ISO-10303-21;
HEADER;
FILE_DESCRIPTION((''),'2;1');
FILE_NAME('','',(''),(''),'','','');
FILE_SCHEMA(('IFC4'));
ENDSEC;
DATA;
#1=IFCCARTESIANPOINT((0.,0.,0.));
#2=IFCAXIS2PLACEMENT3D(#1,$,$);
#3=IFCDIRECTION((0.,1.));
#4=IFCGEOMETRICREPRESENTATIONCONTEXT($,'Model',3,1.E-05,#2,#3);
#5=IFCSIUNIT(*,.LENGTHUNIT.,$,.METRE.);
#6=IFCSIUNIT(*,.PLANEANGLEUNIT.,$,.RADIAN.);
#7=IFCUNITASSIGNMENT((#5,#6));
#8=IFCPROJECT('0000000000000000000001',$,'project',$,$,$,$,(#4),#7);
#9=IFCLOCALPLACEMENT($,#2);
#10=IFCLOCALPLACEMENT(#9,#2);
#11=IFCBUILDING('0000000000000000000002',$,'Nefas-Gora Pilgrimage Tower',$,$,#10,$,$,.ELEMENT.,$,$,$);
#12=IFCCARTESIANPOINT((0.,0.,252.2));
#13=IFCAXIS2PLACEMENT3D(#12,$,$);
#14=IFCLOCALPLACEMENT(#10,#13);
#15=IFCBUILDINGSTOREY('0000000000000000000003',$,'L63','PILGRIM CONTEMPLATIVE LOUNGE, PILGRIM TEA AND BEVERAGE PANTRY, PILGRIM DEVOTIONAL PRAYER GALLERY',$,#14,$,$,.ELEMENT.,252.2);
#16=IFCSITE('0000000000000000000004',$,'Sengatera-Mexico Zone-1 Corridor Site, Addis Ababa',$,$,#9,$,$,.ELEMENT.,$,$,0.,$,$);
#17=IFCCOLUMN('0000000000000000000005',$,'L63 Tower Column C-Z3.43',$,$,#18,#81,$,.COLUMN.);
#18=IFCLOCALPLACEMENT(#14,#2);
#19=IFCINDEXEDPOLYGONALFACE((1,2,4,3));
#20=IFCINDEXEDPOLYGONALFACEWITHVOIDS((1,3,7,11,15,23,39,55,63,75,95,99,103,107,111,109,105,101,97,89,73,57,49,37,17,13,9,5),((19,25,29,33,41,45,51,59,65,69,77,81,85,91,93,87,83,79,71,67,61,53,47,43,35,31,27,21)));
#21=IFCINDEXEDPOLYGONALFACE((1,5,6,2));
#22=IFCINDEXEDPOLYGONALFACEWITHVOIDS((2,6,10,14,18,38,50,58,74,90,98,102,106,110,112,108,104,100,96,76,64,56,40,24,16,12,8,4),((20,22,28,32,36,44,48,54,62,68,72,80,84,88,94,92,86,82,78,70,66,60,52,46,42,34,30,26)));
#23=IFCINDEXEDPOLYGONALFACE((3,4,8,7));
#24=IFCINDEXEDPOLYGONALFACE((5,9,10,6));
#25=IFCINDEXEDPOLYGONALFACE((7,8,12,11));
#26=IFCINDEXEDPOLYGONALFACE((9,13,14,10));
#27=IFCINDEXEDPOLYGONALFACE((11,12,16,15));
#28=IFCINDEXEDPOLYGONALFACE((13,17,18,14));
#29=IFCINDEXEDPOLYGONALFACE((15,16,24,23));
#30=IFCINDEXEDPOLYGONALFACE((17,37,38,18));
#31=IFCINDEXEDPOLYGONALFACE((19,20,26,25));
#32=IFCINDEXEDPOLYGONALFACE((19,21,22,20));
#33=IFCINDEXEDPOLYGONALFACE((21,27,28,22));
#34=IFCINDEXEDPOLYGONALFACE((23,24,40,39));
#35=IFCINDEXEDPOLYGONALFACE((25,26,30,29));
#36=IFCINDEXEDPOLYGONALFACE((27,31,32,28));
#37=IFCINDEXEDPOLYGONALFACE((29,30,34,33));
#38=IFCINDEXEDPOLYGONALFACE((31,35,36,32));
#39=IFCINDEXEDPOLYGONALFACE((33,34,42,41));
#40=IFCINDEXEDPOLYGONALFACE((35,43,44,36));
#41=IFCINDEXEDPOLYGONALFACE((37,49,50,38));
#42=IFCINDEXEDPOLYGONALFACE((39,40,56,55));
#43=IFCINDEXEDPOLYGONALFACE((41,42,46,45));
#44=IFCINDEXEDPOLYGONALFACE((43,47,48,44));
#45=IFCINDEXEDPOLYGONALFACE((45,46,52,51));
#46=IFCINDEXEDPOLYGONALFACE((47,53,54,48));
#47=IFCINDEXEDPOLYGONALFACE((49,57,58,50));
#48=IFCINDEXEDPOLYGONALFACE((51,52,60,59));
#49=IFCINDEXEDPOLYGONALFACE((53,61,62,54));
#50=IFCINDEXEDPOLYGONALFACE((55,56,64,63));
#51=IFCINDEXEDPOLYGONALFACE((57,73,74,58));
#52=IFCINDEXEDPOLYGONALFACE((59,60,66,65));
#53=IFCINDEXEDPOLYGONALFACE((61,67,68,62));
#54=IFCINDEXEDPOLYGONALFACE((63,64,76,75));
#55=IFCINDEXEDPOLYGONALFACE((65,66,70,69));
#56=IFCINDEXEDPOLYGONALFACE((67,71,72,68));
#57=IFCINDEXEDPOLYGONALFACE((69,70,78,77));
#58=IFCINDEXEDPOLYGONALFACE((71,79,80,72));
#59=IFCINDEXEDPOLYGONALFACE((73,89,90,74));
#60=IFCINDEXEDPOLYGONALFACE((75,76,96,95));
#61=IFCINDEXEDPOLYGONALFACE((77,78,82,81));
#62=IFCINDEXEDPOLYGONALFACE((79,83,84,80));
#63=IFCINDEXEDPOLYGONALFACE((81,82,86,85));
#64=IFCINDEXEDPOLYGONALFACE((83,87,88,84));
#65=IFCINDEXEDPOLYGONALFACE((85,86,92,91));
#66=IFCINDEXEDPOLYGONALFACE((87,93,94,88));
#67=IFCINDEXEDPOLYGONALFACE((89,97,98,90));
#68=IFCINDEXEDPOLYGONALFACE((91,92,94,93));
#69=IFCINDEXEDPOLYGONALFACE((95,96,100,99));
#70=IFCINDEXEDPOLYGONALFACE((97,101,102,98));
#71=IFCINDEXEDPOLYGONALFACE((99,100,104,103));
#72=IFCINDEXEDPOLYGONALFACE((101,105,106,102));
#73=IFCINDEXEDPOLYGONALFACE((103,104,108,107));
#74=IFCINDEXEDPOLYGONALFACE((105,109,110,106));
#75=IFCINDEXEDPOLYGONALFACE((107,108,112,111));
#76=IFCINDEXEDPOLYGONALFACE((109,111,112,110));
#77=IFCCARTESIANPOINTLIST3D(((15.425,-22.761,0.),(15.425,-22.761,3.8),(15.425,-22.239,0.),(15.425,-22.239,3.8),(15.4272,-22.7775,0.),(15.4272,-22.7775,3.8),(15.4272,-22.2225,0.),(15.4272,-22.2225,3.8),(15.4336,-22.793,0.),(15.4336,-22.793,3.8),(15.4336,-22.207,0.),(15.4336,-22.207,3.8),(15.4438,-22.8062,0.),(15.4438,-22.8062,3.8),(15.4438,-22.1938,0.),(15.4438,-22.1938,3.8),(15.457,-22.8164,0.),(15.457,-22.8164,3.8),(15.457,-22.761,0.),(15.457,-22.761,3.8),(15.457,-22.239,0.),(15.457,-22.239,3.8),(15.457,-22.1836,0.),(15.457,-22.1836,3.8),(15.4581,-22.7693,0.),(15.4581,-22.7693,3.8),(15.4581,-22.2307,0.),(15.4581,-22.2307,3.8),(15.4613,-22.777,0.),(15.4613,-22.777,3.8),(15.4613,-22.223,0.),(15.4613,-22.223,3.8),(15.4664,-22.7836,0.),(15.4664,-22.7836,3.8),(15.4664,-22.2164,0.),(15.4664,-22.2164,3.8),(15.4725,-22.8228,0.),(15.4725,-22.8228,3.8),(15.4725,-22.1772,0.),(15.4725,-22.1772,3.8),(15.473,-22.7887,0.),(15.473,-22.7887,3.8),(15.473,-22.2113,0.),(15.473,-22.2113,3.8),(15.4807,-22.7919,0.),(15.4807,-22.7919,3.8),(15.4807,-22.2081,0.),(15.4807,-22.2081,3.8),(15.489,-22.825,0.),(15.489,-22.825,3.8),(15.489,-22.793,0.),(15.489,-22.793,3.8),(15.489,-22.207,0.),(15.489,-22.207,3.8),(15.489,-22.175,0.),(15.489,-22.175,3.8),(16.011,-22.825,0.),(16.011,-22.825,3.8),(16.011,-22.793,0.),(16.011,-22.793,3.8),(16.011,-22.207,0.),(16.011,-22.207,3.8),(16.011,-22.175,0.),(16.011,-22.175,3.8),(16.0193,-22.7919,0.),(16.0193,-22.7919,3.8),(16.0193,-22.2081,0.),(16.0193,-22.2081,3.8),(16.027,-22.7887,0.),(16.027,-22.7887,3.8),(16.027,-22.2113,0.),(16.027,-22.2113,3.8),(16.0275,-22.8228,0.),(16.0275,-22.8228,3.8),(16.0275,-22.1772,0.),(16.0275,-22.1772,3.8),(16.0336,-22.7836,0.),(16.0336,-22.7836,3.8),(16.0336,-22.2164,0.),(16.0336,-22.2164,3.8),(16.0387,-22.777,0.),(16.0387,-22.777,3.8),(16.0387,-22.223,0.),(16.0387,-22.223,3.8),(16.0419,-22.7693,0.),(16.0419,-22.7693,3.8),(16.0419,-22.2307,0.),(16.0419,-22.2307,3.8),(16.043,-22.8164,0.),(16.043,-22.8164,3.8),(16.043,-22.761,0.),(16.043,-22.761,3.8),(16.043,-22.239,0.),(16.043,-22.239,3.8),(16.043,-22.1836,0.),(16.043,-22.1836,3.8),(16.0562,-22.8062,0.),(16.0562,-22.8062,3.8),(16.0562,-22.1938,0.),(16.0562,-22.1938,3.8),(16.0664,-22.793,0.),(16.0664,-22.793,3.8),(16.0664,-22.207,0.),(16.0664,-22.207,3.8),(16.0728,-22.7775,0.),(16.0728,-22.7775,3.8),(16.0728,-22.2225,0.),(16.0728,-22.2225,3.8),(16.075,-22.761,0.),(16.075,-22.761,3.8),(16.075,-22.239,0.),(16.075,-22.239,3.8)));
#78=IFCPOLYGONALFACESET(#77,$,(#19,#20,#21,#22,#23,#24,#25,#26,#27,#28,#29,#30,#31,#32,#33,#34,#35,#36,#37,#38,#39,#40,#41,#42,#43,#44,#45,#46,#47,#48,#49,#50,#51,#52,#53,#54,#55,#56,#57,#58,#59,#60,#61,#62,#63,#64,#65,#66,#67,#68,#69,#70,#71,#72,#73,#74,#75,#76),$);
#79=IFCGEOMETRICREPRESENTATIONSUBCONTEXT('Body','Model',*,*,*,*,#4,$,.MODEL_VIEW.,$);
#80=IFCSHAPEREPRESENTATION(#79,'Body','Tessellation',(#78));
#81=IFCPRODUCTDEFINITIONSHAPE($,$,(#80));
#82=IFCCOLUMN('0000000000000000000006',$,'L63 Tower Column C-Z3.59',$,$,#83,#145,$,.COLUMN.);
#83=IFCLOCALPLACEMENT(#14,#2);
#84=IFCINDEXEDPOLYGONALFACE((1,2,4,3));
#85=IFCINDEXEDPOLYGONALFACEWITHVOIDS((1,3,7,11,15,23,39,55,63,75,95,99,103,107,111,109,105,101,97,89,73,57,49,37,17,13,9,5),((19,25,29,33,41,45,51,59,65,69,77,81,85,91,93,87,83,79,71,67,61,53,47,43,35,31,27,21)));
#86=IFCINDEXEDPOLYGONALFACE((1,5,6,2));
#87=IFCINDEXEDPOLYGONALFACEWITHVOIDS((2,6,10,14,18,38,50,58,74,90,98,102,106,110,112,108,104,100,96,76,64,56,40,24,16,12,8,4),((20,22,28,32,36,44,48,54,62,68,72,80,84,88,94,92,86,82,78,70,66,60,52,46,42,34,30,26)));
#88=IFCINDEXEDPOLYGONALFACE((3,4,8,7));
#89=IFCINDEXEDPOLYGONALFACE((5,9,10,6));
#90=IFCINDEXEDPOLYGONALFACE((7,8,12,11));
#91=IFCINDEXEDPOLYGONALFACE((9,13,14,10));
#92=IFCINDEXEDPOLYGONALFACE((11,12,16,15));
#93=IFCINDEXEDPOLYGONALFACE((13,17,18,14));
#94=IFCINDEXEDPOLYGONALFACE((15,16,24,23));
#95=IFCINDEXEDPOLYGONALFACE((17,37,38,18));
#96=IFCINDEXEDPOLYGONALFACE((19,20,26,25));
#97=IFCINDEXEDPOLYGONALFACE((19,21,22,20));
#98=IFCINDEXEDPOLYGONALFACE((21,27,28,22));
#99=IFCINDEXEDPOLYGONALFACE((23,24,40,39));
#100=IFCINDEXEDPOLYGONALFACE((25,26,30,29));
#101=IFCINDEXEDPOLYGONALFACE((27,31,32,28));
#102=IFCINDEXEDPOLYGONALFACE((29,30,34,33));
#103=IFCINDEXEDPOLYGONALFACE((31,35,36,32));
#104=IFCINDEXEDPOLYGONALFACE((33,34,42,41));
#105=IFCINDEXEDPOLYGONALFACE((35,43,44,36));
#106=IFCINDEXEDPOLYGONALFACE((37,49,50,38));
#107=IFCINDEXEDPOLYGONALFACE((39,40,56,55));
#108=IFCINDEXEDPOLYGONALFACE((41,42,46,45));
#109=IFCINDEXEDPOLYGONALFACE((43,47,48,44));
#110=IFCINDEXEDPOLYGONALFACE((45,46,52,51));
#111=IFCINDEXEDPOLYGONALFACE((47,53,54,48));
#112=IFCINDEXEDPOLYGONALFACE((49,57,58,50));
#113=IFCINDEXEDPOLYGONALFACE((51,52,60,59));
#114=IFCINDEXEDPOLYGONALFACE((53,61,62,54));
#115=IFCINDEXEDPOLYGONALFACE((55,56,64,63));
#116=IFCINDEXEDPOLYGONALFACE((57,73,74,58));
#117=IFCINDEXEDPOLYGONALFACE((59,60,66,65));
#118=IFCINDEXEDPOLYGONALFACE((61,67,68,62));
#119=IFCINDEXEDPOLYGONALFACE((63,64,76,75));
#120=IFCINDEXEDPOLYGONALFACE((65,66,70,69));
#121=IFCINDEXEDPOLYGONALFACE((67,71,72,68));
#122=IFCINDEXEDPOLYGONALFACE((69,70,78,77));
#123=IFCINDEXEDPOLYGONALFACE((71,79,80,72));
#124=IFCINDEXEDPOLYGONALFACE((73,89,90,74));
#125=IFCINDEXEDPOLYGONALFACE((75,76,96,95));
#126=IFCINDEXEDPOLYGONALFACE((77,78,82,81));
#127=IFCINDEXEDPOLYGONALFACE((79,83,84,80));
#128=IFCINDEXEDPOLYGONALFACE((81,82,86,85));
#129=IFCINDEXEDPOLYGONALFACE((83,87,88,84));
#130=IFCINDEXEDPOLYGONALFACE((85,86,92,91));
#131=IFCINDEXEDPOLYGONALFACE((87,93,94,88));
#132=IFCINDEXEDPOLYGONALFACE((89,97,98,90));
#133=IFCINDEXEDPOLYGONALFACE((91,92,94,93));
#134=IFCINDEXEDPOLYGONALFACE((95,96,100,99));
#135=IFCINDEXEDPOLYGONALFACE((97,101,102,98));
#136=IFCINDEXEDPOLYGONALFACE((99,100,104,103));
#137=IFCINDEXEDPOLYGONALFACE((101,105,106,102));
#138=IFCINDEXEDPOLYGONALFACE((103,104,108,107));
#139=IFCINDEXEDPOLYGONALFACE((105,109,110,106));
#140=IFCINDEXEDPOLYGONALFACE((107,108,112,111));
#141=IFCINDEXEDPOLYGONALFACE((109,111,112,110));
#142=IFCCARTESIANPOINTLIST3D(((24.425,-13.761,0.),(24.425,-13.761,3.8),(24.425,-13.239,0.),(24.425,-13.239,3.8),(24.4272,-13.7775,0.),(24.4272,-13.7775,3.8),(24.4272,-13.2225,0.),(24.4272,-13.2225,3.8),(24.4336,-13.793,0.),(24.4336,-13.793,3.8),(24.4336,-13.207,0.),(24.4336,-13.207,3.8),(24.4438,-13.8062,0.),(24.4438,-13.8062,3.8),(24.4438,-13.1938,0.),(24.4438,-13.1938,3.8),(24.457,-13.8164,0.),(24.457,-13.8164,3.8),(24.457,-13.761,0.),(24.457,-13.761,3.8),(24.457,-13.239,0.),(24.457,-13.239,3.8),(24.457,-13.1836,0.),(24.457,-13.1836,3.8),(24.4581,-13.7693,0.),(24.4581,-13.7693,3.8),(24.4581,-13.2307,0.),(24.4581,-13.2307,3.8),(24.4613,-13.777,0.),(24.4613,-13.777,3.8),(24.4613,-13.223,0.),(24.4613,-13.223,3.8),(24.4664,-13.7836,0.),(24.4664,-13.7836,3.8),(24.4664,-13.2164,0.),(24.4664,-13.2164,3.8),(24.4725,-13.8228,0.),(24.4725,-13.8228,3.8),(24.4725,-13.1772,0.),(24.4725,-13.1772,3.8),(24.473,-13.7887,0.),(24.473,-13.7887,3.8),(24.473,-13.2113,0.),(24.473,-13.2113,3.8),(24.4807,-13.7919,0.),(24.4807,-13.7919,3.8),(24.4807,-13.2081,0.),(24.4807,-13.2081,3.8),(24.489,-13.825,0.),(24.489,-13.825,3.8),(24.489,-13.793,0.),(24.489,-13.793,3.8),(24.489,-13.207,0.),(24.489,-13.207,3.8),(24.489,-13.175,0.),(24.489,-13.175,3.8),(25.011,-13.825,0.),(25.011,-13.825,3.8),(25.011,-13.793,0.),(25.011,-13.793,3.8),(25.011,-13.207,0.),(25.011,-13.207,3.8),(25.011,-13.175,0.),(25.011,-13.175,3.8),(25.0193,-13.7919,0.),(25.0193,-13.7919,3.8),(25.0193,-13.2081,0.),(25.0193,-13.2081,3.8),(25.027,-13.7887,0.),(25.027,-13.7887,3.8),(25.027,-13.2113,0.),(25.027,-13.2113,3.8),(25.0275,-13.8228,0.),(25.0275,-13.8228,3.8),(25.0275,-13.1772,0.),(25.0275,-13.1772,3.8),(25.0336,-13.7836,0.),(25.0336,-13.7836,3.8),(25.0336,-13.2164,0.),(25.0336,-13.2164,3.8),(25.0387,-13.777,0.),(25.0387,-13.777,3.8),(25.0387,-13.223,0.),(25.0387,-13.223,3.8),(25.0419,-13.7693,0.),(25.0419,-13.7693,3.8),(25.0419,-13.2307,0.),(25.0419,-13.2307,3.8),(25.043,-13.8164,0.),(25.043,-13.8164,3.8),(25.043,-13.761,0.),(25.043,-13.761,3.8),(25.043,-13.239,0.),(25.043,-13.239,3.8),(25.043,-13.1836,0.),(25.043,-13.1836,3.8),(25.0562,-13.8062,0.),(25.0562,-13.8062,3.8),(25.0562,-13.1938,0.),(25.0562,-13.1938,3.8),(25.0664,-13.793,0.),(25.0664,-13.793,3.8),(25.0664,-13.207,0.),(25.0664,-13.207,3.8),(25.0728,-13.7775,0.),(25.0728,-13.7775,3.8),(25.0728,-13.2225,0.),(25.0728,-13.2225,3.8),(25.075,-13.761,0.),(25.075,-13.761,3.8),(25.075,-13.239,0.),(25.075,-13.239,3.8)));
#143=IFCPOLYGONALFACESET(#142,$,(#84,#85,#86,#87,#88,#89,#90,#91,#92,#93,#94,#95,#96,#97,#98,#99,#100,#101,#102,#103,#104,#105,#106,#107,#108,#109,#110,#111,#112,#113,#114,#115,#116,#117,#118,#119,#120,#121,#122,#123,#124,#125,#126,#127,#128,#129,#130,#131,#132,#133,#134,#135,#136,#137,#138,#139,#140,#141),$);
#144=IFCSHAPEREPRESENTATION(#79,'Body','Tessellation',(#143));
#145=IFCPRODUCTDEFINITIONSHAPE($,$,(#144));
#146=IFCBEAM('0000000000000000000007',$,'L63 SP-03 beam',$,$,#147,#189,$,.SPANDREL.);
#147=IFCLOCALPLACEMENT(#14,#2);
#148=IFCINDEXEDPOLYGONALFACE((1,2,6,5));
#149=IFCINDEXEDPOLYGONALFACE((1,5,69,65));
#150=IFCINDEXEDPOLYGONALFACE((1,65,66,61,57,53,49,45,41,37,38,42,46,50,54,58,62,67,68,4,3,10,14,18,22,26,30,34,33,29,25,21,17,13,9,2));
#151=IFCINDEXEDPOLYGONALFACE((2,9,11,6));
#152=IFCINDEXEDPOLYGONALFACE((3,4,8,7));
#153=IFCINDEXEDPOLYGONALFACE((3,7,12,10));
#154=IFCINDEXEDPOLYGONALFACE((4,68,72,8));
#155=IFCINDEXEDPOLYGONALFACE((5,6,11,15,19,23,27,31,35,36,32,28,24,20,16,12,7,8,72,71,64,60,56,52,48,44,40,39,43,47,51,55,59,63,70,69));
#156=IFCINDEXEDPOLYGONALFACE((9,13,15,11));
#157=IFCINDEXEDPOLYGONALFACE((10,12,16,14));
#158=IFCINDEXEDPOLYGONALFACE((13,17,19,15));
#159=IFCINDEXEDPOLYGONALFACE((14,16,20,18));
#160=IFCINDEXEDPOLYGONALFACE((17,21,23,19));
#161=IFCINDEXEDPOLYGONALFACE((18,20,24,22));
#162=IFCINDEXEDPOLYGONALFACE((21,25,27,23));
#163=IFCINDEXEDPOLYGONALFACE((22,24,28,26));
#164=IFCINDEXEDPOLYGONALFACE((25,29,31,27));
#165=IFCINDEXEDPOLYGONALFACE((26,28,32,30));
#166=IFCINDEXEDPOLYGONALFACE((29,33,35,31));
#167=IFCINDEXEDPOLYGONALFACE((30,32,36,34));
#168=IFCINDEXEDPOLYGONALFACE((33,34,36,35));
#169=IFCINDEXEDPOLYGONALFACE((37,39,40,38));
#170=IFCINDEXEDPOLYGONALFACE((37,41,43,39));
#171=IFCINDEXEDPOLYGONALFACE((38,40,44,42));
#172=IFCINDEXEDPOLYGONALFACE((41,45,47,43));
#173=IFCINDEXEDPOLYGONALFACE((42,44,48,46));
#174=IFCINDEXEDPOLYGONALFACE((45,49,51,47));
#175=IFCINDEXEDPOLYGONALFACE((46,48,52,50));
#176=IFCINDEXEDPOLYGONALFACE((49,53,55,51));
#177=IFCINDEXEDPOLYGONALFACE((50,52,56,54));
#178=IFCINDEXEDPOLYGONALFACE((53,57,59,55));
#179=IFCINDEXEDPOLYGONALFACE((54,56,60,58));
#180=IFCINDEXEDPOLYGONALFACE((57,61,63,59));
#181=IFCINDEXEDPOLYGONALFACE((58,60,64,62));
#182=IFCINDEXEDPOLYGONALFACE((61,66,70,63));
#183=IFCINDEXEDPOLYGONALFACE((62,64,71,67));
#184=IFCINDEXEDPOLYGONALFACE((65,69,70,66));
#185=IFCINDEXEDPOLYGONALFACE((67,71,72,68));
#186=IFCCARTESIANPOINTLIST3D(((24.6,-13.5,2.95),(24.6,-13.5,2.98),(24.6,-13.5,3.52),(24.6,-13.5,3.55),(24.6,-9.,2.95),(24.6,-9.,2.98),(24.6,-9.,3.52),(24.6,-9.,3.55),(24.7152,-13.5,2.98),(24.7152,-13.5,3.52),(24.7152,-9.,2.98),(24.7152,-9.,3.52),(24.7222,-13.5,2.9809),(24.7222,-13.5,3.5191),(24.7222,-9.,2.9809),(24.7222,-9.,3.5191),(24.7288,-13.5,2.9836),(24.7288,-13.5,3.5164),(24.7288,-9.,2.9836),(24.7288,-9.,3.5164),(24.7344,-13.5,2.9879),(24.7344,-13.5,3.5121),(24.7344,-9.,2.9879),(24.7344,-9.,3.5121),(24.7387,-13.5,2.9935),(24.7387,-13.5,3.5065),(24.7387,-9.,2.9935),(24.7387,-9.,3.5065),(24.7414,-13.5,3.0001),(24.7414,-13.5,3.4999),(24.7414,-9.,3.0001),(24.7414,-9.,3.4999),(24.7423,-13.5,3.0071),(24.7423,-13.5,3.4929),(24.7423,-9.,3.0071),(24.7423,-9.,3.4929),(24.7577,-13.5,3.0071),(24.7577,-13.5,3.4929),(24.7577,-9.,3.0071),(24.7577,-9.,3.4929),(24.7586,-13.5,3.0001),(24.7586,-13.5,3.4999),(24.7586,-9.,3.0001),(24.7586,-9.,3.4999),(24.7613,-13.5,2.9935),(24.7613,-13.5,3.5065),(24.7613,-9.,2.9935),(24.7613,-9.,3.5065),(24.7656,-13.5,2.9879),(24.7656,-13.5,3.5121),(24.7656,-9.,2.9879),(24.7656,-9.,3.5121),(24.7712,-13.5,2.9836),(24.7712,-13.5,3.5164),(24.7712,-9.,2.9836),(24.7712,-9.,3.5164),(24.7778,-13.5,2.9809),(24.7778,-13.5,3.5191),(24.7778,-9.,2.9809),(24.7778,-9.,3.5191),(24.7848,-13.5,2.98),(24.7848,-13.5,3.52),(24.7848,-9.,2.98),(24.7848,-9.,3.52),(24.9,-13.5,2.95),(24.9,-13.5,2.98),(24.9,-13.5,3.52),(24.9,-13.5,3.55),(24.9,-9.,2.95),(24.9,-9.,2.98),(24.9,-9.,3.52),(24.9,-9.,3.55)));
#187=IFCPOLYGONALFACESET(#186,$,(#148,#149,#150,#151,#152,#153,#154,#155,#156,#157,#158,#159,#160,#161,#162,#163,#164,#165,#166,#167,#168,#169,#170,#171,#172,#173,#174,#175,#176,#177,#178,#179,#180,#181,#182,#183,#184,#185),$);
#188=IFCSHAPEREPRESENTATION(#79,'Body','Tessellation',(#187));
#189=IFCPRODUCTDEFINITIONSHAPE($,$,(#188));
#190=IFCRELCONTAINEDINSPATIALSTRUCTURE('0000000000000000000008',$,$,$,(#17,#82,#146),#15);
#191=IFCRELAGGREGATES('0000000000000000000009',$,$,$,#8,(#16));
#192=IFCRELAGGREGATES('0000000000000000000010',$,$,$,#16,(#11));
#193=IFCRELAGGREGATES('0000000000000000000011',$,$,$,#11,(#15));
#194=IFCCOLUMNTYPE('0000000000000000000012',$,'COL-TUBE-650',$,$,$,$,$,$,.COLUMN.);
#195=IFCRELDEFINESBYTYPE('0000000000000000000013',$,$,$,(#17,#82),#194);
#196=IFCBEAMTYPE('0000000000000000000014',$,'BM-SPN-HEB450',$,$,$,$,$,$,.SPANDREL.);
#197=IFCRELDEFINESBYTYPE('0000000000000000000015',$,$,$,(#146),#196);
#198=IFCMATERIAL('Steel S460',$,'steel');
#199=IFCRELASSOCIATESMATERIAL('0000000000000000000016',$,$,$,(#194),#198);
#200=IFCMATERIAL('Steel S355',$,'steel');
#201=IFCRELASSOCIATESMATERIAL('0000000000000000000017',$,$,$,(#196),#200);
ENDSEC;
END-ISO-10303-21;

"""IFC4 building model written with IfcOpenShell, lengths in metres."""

from ifc_helpers import new_model, si_unit, direction, frame, origin, origin_2d, place, context, subcontext, project, spatial, hollow_rectangle, i_section, extrude, source, transform, mapped, material, material_profile, profile_set, type_object, element, save


model = new_model("IFC4")

# Units and contexts
model_context = context("Model", 3, precision=1e-05, world=origin(), true_north=direction((0.0, 1.0)))
body_context = subcontext(model_context, "Body", "Model", "MODEL_VIEW")
ifc_project = project(units=[si_unit("LENGTHUNIT", "METRE"), si_unit("PLANEANGLEUNIT", "RADIAN")], contexts=[model_context])

# Site, building, storey
site_placement = place(None, origin())
site = spatial("IfcSite", under=ifc_project, at=site_placement, Name="Sengatera-Mexico Zone-1 Corridor Site, Addis Ababa", CompositionType="ELEMENT", RefElevation=0.0)
building_placement = place(site_placement, origin())
building = spatial("IfcBuilding", under=site, at=building_placement, Name="Nefas-Gora Pilgrimage Tower", CompositionType="ELEMENT")
storey_placement = place(building_placement, frame((0.0, 0.0, 252.2)))
storey = spatial("IfcBuildingStorey", under=building, at=storey_placement, Name="L63", Description="PILGRIM CONTEMPLATIVE LOUNGE, PILGRIM TEA AND BEVERAGE PANTRY, PILGRIM DEVOTIONAL PRAYER GALLERY", CompositionType="ELEMENT", Elevation=252.2)

# Columns
ifc_material_1 = material(Name="Steel S460", Category="steel")
ifc_material_profile_1 = material_profile(ifc_material_1, hollow_rectangle(XDim=0.6499, YDim=0.6499, WallThickness=0.032, InnerFilletRadius=0.032, OuterFilletRadius=0.064, at=origin_2d()), Name="BOX 650x650x32")
ifc_profile_set_1 = profile_set([ifc_material_profile_1], Name="Steel S460")
column_type_1 = type_object("IfcColumnType", Name="COL-TUBE-650", PredefinedType="COLUMN", material=ifc_profile_set_1)
shared_shape_1 = source(origin(), body_context, "Body", "SweptSolid", [
    extrude(hollow_rectangle(XDim=0.6499, YDim=0.6499, WallThickness=0.032, InnerFilletRadius=0.032, OuterFilletRadius=0.064, at=origin_2d()), origin(), (0.0, 0.0, 1.0), 3.8),
])
for number, where, z_axis, x_axis, name in (
    (1, (15.75, -22.5, 0.0), (0.0, 0.0, 1.0), (1.0, 0.0, 0.0), "L63 Tower Column C-Z3.43"),
    (2, (24.75, -13.5, 0.0), (0.0, 0.0, 1.0), (1.0, 0.0, 0.0), "L63 Tower Column C-Z3.59"),
):
    element("IfcColumn", number, at=place(storey_placement, frame(where, z_axis=z_axis, x_axis=x_axis)), inside=storey, type_object=column_type_1, Name=name, PredefinedType="COLUMN", context=body_context, shape_type="MappedRepresentation", body=[
        mapped(shared_shape_1, transform((0.0, 0.0, 0.0), x_axis=(1.0, 0.0, 0.0), y_axis=(0.0, 1.0, 0.0), z_axis=(0.0, 0.0, 1.0), scale=1.0)),
    ])

# Beam
ifc_material_2 = material(Name="Steel S355", Category="steel")
ifc_material_profile_2 = material_profile(ifc_material_2, i_section(OverallWidth=0.3, OverallDepth=0.6001, WebThickness=0.0154, FlangeThickness=0.03, FilletRadius=0.0271, at=origin_2d()), Name="HEB 600")
ifc_profile_set_2 = profile_set([ifc_material_profile_2], Name="Steel S355")
beam_type_1 = type_object("IfcBeamType", Name="BM-SPN-HEB450", PredefinedType="SPANDREL", material=ifc_profile_set_2)
shared_shape_2 = source(origin(), body_context, "Body", "SweptSolid", [
    extrude(i_section(OverallWidth=0.3, OverallDepth=0.6001, WebThickness=0.0154, FlangeThickness=0.03, FilletRadius=0.0271, at=origin_2d()), origin(), (0.0, 0.0, 1.0), 4.5),
])
beam_1_placement = place(storey_placement, frame((24.75, -13.5, 3.25), z_axis=(0.0, 1.0, 0.0), x_axis=(-1.0, 0.0, 0.0)))
element("IfcBeam", 3, at=beam_1_placement, inside=storey, type_object=beam_type_1, Name="L63 SP-03 beam", PredefinedType="SPANDREL", context=body_context, shape_type="MappedRepresentation", body=[
    mapped(shared_shape_2, transform((0.0, 0.0, 0.0), x_axis=(1.0, 0.0, 0.0), y_axis=(0.0, 1.0, 0.0), z_axis=(0.0, 0.0, 1.0), scale=1.0)),
])

save(model, "model.ifc")
